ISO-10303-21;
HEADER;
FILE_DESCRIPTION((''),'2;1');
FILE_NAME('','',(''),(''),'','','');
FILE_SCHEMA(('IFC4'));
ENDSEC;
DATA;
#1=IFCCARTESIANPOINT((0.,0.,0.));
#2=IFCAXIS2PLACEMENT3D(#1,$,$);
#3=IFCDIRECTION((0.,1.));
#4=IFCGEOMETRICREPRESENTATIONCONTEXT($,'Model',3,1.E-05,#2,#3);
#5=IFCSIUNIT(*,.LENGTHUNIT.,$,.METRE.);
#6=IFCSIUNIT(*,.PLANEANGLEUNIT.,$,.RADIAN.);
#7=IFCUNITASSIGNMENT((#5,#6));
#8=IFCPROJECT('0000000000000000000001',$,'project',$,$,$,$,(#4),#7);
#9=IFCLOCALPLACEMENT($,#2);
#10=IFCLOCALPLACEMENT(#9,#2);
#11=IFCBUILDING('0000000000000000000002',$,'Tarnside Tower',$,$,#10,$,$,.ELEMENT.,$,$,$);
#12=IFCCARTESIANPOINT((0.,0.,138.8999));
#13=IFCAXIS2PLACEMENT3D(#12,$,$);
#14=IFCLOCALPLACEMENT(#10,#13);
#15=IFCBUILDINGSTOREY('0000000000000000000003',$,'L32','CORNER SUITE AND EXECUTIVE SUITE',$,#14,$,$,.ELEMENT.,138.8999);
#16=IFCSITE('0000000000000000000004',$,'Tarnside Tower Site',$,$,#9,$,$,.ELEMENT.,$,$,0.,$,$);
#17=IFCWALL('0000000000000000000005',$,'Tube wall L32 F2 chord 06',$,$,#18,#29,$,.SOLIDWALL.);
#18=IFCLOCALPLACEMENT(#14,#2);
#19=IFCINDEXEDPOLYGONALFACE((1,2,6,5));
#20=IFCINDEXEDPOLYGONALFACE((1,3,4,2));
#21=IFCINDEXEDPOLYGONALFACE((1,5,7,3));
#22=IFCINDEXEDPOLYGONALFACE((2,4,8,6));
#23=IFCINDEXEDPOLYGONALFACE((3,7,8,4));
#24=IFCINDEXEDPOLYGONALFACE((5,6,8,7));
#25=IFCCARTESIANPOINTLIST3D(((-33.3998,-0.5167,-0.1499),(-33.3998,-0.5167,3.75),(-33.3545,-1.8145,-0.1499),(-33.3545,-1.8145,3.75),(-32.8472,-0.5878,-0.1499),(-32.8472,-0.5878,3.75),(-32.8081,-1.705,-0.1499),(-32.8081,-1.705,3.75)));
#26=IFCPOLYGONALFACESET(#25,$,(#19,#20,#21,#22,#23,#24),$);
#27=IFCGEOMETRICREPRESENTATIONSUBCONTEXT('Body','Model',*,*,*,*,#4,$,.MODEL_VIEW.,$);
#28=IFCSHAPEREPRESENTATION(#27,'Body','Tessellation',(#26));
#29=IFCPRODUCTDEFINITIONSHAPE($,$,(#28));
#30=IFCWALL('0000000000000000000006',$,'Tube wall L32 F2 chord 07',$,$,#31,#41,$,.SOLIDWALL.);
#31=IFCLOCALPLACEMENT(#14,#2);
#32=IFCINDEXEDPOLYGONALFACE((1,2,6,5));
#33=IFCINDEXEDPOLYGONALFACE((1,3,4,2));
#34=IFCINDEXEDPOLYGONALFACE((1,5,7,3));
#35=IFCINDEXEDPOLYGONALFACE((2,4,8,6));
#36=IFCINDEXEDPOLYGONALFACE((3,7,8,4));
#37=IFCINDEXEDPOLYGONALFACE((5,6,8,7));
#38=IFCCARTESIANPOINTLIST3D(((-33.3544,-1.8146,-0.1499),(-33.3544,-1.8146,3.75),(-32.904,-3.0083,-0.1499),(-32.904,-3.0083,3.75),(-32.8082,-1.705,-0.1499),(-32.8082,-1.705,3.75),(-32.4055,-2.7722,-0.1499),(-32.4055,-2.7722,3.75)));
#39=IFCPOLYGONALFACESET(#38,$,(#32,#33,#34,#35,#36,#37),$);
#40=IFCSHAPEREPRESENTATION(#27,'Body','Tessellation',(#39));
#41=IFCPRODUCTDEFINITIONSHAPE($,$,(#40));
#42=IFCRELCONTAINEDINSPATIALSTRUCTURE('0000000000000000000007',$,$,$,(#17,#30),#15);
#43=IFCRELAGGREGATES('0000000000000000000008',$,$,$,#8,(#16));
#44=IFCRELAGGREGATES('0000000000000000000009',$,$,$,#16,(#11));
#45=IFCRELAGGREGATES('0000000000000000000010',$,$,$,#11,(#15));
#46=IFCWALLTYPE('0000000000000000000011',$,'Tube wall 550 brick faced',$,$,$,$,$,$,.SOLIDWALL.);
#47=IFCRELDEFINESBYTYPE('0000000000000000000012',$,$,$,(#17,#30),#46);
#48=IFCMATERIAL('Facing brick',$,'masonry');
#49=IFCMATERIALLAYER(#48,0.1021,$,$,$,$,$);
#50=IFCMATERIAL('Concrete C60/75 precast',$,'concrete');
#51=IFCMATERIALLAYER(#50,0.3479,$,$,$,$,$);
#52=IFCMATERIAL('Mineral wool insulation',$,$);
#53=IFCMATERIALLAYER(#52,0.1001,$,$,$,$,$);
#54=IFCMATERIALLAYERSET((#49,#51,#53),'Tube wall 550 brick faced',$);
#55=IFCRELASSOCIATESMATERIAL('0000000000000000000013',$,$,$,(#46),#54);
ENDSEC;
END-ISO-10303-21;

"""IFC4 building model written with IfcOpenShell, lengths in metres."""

from ifc_helpers import new_model, si_unit, direction, frame, origin, place, context, subcontext, project, spatial, polyline, outline, extrude, material, layer, layer_set, type_object, element, save


model = new_model("IFC4")

# Units and contexts
model_context = context("Model", 3, precision=1e-05, world=origin(), true_north=direction((0.0, 1.0)))
body_context = subcontext(model_context, "Body", "Model", "MODEL_VIEW")
ifc_project = project(units=[si_unit("LENGTHUNIT", "METRE"), si_unit("PLANEANGLEUNIT", "RADIAN")], contexts=[model_context])

# Site, building, storey
site_placement = place(None, origin())
site = spatial("IfcSite", under=ifc_project, at=site_placement, Name="Tarnside Tower Site", CompositionType="ELEMENT", RefElevation=0.0)
building_placement = place(site_placement, origin())
building = spatial("IfcBuilding", under=site, at=building_placement, Name="Tarnside Tower", CompositionType="ELEMENT")
storey_placement = place(building_placement, frame((0.0, 0.0, 138.8999)))
storey = spatial("IfcBuildingStorey", under=building, at=storey_placement, Name="L32", Description="CORNER SUITE AND EXECUTIVE SUITE", CompositionType="ELEMENT", Elevation=138.8999)

# Walls
ifc_material_1 = material(Name="Facing brick", Category="masonry")
ifc_layer_1 = layer(ifc_material_1, 0.1021)
ifc_material_2 = material(Name="Concrete C60/75 precast", Category="concrete")
ifc_layer_2 = layer(ifc_material_2, 0.3479)
ifc_material_3 = material(Name="Mineral wool insulation")
ifc_layer_3 = layer(ifc_material_3, 0.1001)
ifc_layer_set_1 = layer_set([ifc_layer_1, ifc_layer_2, ifc_layer_3], Name="Tube wall 550 brick faced")
wall_type_1 = type_object("IfcWallType", Name="Tube wall 550 brick faced", PredefinedType="SOLIDWALL", material=ifc_layer_set_1)
wall_1_placement = place(storey_placement, frame((-33.1235, -0.5522, -0.1499), z_axis=(0.0, 0.0, 1.0), x_axis=(0.034956, -0.999389, 0.0)))
element("IfcWall", 1, at=wall_1_placement, inside=storey, type_object=wall_type_1, Name="Tube wall L32 F2 chord 06", PredefinedType="SOLIDWALL", context=body_context, shape_type="SweptSolid", body=[
    extrude(outline(polyline([(-0.0452, -0.2749), (1.2534, -0.2749), (1.1631, 0.2749), (0.0452, 0.2749), (-0.0452, -0.2749)])), origin(), (0.0, 0.0, 1.0), 3.8999),
])
wall_2_placement = place(storey_placement, frame((-33.0813, -1.7598, -0.1499), z_axis=(0.0, 0.0, 1.0), x_axis=(0.353027, -0.935613, 0.0)))
element("IfcWall", 2, at=wall_2_placement, inside=storey, type_object=wall_type_1, Name="Tube wall L32 F2 chord 07", PredefinedType="SOLIDWALL", context=body_context, shape_type="SweptSolid", body=[
    extrude(outline(polyline([(-0.0452, -0.2749), (1.2307, -0.2749), (1.1858, 0.2749), (0.0452, 0.2749), (-0.0452, -0.2749)])), origin(), (0.0, 0.0, 1.0), 3.8999),
])

save(model, "model.ifc")
